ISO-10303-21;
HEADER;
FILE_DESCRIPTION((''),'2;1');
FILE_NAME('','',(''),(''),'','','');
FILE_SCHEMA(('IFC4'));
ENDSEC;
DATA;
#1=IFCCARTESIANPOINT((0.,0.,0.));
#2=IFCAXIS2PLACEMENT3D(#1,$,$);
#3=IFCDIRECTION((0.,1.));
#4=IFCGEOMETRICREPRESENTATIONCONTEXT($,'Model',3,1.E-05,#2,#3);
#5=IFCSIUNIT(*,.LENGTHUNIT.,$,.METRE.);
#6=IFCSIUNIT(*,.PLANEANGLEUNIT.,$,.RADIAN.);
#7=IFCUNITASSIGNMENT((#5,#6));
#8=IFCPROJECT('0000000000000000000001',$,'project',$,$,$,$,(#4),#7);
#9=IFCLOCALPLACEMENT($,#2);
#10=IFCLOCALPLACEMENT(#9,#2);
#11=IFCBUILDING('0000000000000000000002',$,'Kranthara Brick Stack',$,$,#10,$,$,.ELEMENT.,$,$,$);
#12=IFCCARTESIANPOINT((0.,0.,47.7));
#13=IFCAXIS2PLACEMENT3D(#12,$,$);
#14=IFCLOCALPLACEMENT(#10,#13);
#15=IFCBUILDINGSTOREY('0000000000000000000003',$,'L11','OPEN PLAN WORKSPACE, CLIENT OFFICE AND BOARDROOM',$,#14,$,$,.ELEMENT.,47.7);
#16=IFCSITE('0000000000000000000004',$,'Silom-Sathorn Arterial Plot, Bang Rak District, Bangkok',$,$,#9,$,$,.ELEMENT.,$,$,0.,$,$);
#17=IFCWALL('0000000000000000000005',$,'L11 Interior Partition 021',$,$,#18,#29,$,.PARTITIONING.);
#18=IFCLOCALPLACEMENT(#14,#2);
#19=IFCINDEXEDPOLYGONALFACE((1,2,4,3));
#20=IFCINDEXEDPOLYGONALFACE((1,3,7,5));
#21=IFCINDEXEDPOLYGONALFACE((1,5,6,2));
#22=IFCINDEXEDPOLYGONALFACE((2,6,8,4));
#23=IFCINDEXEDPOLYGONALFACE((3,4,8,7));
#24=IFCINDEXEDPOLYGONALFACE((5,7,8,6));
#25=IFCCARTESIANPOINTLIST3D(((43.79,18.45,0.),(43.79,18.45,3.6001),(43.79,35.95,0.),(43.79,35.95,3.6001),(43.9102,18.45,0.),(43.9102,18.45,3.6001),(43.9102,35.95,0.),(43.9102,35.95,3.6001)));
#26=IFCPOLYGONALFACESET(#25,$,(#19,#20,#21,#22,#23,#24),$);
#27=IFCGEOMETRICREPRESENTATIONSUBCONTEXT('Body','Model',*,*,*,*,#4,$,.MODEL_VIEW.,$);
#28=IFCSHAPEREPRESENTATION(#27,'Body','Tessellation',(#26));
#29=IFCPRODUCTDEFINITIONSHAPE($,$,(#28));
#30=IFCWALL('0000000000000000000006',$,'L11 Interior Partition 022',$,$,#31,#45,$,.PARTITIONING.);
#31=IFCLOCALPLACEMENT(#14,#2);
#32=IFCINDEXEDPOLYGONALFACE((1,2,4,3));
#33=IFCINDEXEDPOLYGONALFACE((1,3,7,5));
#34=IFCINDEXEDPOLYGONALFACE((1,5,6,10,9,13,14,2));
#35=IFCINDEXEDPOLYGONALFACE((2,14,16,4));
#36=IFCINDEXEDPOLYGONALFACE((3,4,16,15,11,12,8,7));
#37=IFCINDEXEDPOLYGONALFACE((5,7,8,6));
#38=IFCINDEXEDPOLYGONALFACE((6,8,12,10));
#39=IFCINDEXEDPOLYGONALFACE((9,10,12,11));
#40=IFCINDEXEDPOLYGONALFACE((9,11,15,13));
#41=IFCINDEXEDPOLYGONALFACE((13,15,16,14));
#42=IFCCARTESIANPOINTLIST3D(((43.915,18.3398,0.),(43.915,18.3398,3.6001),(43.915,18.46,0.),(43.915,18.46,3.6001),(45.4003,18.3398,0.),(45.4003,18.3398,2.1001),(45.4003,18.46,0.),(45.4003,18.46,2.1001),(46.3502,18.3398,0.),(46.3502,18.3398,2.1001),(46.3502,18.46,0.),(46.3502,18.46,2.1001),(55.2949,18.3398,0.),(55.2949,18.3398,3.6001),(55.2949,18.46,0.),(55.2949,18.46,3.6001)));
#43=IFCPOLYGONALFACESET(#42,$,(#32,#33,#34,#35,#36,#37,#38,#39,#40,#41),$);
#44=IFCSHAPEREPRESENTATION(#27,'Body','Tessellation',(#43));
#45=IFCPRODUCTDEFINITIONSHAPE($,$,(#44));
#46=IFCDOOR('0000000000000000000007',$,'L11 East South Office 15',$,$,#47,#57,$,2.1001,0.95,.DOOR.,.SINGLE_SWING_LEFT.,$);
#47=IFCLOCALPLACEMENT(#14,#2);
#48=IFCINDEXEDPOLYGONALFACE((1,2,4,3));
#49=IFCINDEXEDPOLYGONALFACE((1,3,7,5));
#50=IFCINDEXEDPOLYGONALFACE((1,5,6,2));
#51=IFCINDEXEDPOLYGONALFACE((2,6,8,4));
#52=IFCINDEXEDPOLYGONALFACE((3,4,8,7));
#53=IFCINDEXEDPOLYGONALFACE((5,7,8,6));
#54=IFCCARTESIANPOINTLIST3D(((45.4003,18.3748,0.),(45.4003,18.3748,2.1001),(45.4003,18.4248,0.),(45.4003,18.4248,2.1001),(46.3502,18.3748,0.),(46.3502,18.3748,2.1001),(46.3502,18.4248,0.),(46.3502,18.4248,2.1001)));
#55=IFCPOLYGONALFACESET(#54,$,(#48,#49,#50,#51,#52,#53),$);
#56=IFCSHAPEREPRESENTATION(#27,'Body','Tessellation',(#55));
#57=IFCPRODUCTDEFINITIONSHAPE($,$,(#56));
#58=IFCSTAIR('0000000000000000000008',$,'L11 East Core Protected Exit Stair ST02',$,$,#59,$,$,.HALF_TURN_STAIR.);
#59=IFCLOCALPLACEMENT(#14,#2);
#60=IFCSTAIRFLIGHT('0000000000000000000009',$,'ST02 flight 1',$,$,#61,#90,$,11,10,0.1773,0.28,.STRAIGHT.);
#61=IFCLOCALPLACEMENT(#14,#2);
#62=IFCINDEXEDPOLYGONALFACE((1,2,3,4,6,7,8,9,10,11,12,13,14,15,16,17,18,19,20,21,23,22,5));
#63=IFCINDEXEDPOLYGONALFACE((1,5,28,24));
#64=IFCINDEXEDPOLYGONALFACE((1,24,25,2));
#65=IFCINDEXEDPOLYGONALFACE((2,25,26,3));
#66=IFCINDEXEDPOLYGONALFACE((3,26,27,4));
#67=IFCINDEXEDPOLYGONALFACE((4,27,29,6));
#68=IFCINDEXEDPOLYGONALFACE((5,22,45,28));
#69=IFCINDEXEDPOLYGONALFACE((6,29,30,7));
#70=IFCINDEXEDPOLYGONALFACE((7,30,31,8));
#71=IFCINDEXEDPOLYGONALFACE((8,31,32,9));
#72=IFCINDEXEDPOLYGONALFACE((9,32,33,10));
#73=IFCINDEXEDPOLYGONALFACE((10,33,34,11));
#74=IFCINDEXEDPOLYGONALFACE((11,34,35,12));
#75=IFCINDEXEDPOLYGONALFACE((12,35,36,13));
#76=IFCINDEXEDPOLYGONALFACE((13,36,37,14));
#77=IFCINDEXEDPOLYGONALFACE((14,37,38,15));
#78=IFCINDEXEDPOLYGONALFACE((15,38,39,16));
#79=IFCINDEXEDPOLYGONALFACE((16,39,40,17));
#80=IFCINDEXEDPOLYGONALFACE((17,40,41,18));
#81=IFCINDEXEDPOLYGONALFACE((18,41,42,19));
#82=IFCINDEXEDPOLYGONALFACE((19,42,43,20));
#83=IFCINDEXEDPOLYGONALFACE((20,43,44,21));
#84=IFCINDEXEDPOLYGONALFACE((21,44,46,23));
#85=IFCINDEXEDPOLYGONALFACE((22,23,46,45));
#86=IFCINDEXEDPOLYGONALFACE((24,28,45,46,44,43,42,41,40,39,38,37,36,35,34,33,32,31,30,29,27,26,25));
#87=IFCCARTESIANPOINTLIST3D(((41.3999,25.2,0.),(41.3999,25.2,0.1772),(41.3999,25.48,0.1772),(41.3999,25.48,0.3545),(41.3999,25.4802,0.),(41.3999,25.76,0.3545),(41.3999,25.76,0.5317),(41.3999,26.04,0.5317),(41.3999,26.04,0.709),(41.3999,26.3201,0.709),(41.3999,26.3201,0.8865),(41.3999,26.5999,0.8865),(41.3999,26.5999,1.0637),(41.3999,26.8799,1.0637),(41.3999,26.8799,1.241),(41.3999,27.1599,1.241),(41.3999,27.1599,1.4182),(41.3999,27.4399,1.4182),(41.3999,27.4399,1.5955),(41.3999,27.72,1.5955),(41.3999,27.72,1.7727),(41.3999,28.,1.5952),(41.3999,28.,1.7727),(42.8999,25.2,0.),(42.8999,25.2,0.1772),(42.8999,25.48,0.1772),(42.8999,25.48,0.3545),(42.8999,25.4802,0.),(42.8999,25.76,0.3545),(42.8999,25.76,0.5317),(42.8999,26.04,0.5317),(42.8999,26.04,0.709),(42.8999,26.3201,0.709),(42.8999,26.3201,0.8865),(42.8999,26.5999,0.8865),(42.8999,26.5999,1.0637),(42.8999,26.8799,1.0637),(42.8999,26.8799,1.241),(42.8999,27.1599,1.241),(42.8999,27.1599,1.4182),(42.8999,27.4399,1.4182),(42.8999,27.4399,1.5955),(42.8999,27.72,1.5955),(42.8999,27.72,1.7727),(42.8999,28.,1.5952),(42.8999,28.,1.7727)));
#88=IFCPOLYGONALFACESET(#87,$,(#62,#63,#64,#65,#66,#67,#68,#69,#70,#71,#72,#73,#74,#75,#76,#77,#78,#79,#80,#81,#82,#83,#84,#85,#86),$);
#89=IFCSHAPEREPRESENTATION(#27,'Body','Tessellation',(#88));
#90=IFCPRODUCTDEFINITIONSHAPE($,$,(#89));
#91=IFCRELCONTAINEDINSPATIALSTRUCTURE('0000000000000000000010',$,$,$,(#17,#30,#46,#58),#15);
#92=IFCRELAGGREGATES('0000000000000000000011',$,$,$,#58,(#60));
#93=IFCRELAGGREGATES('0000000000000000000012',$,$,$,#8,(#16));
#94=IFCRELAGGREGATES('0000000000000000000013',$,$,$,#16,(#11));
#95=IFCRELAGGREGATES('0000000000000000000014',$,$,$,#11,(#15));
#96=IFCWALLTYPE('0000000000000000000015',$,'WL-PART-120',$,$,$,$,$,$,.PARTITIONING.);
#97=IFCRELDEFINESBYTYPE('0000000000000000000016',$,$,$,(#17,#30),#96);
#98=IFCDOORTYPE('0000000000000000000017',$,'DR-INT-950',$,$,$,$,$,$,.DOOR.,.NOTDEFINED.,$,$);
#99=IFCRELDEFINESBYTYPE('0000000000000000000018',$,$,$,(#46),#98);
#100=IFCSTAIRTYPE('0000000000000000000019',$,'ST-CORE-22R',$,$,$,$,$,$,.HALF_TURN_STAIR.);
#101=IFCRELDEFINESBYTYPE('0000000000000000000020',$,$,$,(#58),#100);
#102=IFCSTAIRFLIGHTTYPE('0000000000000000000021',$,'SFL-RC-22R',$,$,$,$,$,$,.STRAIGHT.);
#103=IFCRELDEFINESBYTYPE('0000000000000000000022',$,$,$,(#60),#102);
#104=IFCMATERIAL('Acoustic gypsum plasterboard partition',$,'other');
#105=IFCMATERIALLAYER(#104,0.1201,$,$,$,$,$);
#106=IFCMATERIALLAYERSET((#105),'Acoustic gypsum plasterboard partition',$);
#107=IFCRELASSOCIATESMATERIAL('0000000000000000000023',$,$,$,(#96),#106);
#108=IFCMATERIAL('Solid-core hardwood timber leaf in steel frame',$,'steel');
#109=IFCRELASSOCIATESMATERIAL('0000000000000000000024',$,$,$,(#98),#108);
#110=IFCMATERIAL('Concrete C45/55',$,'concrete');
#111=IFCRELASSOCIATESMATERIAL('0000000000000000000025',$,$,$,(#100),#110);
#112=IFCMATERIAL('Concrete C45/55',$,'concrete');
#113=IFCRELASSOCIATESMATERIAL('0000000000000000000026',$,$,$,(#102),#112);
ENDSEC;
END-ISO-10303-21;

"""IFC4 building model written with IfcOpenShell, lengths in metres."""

from ifc_helpers import new_model, si_unit, direction, frame, frame_2d, origin, place, context, subcontext, project, spatial, polyline, rectangle, outline, extrude, material, layer, layer_set, type_object, element, fill, aggregate, save


model = new_model("IFC4")

# Units and contexts
model_context = context("Model", 3, precision=1e-05, world=origin(), true_north=direction((0.0, 1.0)))
body_context = subcontext(model_context, "Body", "Model", "MODEL_VIEW")
ifc_project = project(units=[si_unit("LENGTHUNIT", "METRE"), si_unit("PLANEANGLEUNIT", "RADIAN")], contexts=[model_context])

# Site, building, storey
site_placement = place(None, origin())
site = spatial("IfcSite", under=ifc_project, at=site_placement, Name="Silom-Sathorn Arterial Plot, Bang Rak District, Bangkok", CompositionType="ELEMENT", RefElevation=0.0)
building_placement = place(site_placement, origin())
building = spatial("IfcBuilding", under=site, at=building_placement, Name="Kranthara Brick Stack", CompositionType="ELEMENT")
storey_placement = place(building_placement, frame((0.0, 0.0, 47.7)))
storey = spatial("IfcBuildingStorey", under=building, at=storey_placement, Name="L11", Description="OPEN PLAN WORKSPACE, CLIENT OFFICE AND BOARDROOM", CompositionType="ELEMENT", Elevation=47.7)

# Wall
ifc_material_1 = material(Name="Acoustic gypsum plasterboard partition", Category="other")
ifc_layer_1 = layer(ifc_material_1, 0.1201)
ifc_layer_set_1 = layer_set([ifc_layer_1], Name="Acoustic gypsum plasterboard partition")
wall_type_1 = type_object("IfcWallType", Name="WL-PART-120", PredefinedType="PARTITIONING", material=ifc_layer_set_1)
wall_1_placement = place(storey_placement, frame((43.8501, 18.45, 0.0), z_axis=(0.0, 0.0, 1.0), x_axis=(0.0, 1.0, 0.0)))
element("IfcWall", 1, at=wall_1_placement, inside=storey, type_object=wall_type_1, Name="L11 Interior Partition 021", PredefinedType="PARTITIONING", context=body_context, shape_type="SweptSolid", body=[
    extrude(rectangle(XDim=17.5, YDim=0.1201, at=frame_2d((8.75, 0.0))), origin(), (0.0, 0.0, 1.0), 3.6001),
])

# Wall, opening, door
wall_2_placement = place(storey_placement, frame((43.915, 18.3999, 0.0), z_axis=(0.0, 0.0, 1.0), x_axis=(1.0, 0.0, 0.0)))
wall_2 = element("IfcWall", 2, at=wall_2_placement, inside=storey, type_object=wall_type_1, Name="L11 Interior Partition 022", PredefinedType="PARTITIONING", context=body_context, shape_type="SweptSolid", body=[
    extrude(rectangle(XDim=11.3799, YDim=0.1201, at=frame_2d((5.6899, 0.0))), origin(), (0.0, 0.0, 1.0), 3.6001),
])
opening_placement = place(wall_2_placement, frame((1.4851, 0.0, 0.0)))
opening = element("IfcOpeningElement", 3, at=opening_placement, cuts=wall_2, PredefinedType="OPENING", context=body_context, shape_type="SweptSolid", body=[
    extrude(rectangle(XDim=0.95, YDim=2.1001, at=frame_2d((0.4751, 1.05))), frame((0.0, 0.0701, 0.0), z_axis=(0.0, -1.0, 0.0), x_axis=(1.0, 0.0, 0.0)), (0.0, 0.0, 1.0), 0.1401),
])
ifc_material_2 = material(Name="Solid-core hardwood timber leaf in steel frame", Category="steel")
door_type = type_object("IfcDoorType", Name="DR-INT-950", OperationType="NOTDEFINED", PredefinedType="DOOR", material=ifc_material_2)
door_placement = place(opening_placement, origin())
door = element("IfcDoor", 4, at=door_placement, inside=storey, type_object=door_type, Name="L11 East South Office 15", OperationType="SINGLE_SWING_LEFT", OverallHeight=2.1001, OverallWidth=0.95, PredefinedType="DOOR", context=body_context, shape_type="SweptSolid", body=[
    extrude(rectangle(XDim=0.95, YDim=2.1001, at=frame_2d((0.4751, 1.05))), frame((0.0, 0.0249, 0.0), z_axis=(0.0, -1.0, 0.0), x_axis=(1.0, 0.0, 0.0)), (0.0, 0.0, 1.0), 0.05),
])
fill(opening, door)

# Stair, stair flight
ifc_material_3 = material(Name="Concrete C45/55", Category="concrete")
stair_type = type_object("IfcStairType", Name="ST-CORE-22R", PredefinedType="HALF_TURN_STAIR", material=ifc_material_3)
stair_placement = place(storey_placement, origin())
stair = element("IfcStair", 5, at=stair_placement, inside=storey, type_object=stair_type, Name="L11 East Core Protected Exit Stair ST02", PredefinedType="HALF_TURN_STAIR")
ifc_material_4 = material(Name="Concrete C45/55", Category="concrete")
stair_flight_type = type_object("IfcStairFlightType", Name="SFL-RC-22R", PredefinedType="STRAIGHT", material=ifc_material_4)
stair_flight_placement = place(storey_placement, frame((42.1499, 25.2, 0.0), z_axis=(0.0, 0.0, 1.0), x_axis=(0.0, 1.0, 0.0)))
stair_flight = element("IfcStairFlight", 6, at=stair_flight_placement, type_object=stair_flight_type, Name="ST02 flight 1", NumberOfRisers=11, NumberOfTreads=10, PredefinedType="STRAIGHT", RiserHeight=0.1773, TreadLength=0.28, context=body_context, shape_type="SweptSolid", body=[
    extrude(outline(polyline([(0.0, 0.0), (0.0, 0.1772), (0.28, 0.1772), (0.28, 0.3545), (0.5601, 0.3545), (0.5601, 0.5317), (0.8401, 0.5317), (0.8401, 0.709), (1.1201, 0.709), (1.1201, 0.8865), (1.3999, 0.8865), (1.3999, 1.0637), (1.6799, 1.0637), (1.6799, 1.241), (1.96, 1.241), (1.96, 1.4182), (2.24, 1.4182), (2.24, 1.5955), (2.52, 1.5955), (2.52, 1.7727), (2.8, 1.7727), (2.8, 1.95), (2.8, 1.5952), (0.2803, 0.0), (0.0, 0.0)])), frame((0.0, 0.75, 0.0), z_axis=(0.0, -1.0, 0.0), x_axis=(1.0, 0.0, 0.0)), (0.0, 0.0, 1.0), 1.5),
])
aggregate(stair, [stair_flight])

save(model, "model.ifc")
